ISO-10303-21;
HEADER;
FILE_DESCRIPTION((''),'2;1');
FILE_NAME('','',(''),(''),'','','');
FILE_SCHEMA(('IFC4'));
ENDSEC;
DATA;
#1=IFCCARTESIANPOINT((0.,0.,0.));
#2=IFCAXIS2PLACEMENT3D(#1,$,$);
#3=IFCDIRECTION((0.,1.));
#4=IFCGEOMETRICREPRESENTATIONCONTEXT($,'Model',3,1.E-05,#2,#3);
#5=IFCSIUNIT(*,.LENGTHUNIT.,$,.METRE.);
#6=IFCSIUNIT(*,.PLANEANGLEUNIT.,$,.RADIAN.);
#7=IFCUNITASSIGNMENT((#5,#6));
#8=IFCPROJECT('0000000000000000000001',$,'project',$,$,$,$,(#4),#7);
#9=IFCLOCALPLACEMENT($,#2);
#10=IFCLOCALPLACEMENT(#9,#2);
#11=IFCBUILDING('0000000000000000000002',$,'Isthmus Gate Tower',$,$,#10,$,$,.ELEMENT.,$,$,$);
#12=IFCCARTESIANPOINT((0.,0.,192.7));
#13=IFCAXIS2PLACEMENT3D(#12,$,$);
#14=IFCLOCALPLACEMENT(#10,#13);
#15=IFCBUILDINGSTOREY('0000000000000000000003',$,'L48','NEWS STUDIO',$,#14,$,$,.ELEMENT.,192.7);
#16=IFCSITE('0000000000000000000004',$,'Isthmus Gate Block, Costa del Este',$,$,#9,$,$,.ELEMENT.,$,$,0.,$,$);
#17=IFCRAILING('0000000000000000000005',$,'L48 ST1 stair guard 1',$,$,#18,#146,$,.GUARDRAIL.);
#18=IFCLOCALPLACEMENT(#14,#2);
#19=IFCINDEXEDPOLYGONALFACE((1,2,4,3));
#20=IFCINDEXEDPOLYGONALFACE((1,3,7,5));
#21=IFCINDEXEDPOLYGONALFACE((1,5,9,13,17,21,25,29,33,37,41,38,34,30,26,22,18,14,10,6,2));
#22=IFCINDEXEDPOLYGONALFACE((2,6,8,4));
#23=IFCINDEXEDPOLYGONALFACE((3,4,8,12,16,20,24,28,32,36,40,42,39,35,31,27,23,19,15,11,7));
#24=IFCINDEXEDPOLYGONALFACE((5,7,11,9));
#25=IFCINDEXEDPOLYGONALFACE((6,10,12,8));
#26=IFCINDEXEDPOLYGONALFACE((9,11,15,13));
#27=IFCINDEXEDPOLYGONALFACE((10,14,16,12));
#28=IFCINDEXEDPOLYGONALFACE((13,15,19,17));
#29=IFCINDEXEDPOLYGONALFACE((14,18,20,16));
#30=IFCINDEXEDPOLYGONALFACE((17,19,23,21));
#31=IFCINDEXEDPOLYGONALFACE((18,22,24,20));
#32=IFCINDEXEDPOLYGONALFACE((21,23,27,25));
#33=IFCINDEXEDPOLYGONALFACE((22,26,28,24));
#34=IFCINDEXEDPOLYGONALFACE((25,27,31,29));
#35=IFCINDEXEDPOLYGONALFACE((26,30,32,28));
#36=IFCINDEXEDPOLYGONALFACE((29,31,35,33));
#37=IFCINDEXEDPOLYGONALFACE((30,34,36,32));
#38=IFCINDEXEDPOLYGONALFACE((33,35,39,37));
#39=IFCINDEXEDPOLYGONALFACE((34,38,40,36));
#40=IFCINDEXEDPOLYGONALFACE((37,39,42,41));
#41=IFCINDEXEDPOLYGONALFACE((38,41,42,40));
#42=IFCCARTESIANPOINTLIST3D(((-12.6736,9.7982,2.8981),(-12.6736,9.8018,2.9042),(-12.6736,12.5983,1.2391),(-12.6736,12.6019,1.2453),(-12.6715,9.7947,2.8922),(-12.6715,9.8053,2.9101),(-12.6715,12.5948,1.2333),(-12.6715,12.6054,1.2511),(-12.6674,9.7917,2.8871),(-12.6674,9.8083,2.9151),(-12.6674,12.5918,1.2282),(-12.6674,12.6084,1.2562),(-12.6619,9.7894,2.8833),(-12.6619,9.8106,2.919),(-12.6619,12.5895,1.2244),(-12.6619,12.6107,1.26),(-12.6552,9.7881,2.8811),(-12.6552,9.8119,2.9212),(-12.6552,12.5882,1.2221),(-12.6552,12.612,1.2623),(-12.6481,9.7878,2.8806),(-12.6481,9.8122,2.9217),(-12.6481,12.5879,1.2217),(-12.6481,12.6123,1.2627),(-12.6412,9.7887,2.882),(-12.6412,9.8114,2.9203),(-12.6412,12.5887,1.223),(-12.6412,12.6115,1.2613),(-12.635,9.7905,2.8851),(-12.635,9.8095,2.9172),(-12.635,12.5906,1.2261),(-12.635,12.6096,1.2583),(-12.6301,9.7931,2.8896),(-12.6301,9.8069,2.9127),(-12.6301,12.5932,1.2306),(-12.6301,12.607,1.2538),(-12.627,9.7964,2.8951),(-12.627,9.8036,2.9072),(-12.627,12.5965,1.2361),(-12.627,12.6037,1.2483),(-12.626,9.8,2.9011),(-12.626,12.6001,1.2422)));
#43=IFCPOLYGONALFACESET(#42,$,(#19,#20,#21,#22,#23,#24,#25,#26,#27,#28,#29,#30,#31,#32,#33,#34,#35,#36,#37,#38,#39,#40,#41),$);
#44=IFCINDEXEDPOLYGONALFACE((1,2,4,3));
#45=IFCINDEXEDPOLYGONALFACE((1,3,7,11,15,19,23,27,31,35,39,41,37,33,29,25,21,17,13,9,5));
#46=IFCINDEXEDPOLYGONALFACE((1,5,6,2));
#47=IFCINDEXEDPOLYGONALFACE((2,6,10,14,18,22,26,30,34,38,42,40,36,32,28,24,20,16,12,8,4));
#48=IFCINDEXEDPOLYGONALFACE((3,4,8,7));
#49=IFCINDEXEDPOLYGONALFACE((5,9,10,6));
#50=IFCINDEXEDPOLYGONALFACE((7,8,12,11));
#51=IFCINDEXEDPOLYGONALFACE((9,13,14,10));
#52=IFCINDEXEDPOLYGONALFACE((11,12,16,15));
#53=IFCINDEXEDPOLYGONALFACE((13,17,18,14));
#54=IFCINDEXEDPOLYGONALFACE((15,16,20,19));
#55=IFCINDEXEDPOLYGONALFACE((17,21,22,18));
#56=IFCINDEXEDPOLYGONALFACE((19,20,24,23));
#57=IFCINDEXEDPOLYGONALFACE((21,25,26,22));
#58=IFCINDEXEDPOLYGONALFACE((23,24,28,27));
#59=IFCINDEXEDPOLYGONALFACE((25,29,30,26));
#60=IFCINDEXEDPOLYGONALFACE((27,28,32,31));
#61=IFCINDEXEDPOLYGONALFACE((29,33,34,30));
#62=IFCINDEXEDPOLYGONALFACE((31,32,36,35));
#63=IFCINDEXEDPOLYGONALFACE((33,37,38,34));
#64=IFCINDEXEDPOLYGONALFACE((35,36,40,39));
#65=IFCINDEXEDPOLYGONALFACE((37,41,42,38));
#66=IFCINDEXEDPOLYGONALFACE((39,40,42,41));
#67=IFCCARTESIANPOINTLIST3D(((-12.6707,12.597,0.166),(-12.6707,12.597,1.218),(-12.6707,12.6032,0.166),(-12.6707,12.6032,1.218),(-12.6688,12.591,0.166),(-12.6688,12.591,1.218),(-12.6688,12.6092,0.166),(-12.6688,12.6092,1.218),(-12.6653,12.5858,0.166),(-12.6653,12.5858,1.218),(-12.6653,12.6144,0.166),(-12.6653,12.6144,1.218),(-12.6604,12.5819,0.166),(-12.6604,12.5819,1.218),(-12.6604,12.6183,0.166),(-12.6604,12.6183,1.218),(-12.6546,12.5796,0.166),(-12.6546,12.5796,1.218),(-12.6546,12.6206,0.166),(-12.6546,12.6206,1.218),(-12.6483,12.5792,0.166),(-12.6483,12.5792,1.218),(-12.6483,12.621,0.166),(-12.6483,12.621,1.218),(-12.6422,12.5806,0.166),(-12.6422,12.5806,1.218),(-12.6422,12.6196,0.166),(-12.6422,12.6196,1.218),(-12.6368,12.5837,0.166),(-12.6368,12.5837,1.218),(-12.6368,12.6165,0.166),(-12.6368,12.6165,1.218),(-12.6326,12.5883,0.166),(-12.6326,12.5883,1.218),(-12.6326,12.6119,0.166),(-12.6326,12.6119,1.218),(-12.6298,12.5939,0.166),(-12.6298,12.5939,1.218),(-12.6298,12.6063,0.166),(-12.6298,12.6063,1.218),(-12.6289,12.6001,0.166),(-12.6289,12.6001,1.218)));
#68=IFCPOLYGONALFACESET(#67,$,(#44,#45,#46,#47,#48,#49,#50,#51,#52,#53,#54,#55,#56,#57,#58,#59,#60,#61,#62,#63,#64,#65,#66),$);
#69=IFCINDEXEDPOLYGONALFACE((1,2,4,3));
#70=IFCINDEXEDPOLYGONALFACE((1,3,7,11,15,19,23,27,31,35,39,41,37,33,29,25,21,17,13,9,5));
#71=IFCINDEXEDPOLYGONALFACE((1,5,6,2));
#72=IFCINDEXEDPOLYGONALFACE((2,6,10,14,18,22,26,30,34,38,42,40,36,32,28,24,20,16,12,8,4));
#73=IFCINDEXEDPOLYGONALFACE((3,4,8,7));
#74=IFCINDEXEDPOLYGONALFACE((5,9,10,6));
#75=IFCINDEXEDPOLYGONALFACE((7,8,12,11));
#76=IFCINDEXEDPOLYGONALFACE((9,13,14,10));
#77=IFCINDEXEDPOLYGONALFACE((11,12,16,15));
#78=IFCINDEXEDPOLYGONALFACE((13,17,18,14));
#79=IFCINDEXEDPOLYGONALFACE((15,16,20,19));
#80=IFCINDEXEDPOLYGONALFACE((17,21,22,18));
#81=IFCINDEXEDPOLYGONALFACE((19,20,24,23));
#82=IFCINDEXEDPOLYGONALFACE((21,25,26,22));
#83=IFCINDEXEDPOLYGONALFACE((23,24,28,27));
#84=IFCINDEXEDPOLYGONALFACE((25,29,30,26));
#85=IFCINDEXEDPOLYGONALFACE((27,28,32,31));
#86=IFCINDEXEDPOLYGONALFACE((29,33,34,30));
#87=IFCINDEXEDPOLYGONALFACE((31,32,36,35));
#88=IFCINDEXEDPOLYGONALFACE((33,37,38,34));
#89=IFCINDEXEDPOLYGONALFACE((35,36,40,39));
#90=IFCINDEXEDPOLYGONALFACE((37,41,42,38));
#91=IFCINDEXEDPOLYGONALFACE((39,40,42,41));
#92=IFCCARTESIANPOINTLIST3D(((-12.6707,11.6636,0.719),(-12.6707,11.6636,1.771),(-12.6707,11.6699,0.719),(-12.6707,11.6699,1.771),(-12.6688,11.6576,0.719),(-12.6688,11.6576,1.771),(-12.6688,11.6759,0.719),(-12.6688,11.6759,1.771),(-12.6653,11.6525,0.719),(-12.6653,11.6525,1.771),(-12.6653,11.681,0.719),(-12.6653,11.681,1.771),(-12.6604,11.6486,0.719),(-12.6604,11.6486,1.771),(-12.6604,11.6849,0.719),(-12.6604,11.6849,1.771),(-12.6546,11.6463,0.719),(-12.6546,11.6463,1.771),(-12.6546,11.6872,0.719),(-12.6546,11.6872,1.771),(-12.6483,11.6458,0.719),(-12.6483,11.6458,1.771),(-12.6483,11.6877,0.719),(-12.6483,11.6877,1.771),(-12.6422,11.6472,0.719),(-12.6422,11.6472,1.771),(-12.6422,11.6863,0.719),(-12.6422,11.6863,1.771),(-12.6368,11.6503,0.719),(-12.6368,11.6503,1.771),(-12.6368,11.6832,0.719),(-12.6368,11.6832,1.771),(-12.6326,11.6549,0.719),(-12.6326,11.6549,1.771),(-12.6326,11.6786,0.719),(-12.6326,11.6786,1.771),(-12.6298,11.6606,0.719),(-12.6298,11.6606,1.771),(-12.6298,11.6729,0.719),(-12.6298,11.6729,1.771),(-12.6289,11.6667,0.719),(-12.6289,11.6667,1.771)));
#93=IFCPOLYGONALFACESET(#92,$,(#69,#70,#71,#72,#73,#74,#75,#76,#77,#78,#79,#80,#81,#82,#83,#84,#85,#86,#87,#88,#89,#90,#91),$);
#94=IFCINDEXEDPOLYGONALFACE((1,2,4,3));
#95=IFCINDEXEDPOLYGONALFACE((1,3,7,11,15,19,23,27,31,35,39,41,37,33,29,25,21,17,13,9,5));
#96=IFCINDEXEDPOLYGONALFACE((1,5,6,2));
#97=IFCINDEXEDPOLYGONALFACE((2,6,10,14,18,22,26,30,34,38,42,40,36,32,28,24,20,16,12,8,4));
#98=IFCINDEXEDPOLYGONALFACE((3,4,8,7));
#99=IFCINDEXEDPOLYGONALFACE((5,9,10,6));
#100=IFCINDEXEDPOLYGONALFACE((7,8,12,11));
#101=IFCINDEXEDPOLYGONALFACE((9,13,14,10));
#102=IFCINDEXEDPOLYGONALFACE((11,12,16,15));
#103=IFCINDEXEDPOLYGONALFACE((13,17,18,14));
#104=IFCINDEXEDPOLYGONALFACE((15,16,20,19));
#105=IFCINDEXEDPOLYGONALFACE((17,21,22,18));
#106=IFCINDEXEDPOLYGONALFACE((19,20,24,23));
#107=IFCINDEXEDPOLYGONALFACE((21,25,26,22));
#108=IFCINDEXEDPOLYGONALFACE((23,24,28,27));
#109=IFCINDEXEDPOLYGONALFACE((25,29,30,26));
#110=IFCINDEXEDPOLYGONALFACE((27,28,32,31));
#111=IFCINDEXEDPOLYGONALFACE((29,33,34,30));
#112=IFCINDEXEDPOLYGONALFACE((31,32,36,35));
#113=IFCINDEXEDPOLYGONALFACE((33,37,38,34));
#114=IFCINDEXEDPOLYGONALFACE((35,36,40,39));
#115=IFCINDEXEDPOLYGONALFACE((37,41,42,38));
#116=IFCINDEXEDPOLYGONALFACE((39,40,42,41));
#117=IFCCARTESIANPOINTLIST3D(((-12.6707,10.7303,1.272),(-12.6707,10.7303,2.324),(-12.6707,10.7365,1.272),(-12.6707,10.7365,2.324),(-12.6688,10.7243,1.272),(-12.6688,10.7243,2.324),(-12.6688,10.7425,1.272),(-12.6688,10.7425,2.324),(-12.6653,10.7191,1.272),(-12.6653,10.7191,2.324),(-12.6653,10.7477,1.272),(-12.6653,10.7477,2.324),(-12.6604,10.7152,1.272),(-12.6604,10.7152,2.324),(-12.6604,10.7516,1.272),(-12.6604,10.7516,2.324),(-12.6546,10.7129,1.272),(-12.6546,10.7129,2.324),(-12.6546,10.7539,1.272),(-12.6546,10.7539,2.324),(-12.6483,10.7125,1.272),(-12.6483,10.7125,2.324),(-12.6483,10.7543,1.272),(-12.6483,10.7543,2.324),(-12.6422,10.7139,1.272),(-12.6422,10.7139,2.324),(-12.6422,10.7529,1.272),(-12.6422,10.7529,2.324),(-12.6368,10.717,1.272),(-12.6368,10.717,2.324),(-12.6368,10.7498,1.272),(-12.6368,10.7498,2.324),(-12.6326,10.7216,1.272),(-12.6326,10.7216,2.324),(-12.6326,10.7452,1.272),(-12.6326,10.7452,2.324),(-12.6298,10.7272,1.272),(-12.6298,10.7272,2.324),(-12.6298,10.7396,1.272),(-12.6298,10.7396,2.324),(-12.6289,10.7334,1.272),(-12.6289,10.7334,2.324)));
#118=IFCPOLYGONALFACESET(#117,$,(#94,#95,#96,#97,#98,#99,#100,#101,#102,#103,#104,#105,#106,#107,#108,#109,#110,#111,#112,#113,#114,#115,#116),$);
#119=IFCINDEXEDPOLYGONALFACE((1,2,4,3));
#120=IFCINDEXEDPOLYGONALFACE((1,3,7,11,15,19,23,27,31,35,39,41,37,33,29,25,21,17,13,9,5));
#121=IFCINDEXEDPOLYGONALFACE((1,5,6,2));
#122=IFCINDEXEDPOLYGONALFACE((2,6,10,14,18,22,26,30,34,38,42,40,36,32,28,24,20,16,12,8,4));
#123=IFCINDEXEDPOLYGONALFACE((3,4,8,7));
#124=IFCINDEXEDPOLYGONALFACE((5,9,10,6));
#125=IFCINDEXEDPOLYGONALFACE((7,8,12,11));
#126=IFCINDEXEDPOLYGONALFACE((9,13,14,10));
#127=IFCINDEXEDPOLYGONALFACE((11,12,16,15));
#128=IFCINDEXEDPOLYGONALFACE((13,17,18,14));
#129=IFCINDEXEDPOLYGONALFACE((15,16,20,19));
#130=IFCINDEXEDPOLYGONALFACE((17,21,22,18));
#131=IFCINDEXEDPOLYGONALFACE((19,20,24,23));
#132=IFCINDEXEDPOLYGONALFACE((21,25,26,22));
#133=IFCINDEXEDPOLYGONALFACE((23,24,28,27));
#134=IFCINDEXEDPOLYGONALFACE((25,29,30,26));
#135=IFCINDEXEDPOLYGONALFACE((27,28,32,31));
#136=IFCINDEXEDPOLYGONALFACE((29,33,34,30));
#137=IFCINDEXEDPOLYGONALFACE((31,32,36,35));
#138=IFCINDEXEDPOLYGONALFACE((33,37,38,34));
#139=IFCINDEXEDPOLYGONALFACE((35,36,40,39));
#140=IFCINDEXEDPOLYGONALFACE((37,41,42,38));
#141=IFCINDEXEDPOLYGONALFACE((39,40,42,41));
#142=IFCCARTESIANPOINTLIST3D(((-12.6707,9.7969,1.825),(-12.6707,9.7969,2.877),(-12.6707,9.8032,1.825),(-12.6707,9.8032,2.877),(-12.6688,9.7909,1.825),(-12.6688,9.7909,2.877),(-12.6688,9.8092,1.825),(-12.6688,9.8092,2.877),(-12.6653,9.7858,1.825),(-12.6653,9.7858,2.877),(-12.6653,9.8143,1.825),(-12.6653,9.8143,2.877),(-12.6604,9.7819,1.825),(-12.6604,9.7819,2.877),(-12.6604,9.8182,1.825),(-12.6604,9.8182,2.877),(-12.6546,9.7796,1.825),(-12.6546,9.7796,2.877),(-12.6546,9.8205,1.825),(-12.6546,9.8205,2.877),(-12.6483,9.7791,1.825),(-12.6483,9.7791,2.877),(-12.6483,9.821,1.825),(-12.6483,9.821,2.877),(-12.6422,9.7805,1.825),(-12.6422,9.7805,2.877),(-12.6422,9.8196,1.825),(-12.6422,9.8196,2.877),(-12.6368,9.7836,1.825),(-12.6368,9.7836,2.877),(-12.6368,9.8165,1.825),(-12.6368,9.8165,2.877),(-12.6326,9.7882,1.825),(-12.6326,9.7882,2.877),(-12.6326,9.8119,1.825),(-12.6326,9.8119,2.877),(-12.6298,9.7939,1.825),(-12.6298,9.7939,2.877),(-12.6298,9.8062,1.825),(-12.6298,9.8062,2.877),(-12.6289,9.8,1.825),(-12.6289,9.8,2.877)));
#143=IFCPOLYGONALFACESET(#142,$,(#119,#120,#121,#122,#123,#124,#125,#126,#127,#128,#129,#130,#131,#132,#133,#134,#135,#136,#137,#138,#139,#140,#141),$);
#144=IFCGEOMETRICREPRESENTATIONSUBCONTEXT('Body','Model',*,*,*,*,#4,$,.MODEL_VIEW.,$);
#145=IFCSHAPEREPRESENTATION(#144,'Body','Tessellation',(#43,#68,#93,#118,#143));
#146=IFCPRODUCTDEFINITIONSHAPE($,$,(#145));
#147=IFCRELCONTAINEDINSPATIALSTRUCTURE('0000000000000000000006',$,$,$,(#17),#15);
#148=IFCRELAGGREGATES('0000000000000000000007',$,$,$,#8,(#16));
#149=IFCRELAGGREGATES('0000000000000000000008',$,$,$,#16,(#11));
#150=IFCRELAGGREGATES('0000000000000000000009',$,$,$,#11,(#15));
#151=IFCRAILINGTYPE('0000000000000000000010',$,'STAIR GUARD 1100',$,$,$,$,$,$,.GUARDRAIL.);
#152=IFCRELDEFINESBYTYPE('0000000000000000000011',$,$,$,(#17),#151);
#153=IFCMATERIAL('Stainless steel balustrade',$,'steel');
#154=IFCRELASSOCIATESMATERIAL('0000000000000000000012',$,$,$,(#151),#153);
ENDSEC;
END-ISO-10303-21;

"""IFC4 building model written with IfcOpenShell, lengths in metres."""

from ifc_helpers import new_model, si_unit, direction, frame, origin, origin_2d, place, context, subcontext, project, spatial, circle, extrude, material, type_object, element, save


model = new_model("IFC4")

# Units and contexts
model_context = context("Model", 3, precision=1e-05, world=origin(), true_north=direction((0.0, 1.0)))
body_context = subcontext(model_context, "Body", "Model", "MODEL_VIEW")
ifc_project = project(units=[si_unit("LENGTHUNIT", "METRE"), si_unit("PLANEANGLEUNIT", "RADIAN")], contexts=[model_context])

# Site, building, storey
site_placement = place(None, origin())
site = spatial("IfcSite", under=ifc_project, at=site_placement, Name="Isthmus Gate Block, Costa del Este", CompositionType="ELEMENT", RefElevation=0.0)
building_placement = place(site_placement, origin())
building = spatial("IfcBuilding", under=site, at=building_placement, Name="Isthmus Gate Tower", CompositionType="ELEMENT")
storey_placement = place(building_placement, frame((0.0, 0.0, 192.7)))
storey = spatial("IfcBuildingStorey", under=building, at=storey_placement, Name="L48", Description="NEWS STUDIO", CompositionType="ELEMENT", Elevation=192.7)

# Railing
ifc_material_1 = material(Name="Stainless steel balustrade", Category="steel")
railing_type = type_object("IfcRailingType", Name="STAIR GUARD 1100", PredefinedType="GUARDRAIL", material=ifc_material_1)
railing_1_placement = place(storey_placement, frame((-12.6499, 12.6001, 0.166)))
element("IfcRailing", 1, at=railing_1_placement, inside=storey, type_object=railing_type, Name="L48 ST1 stair guard 1", PredefinedType="GUARDRAIL", context=body_context, shape_type="SweptSolid", body=[
    extrude(circle(Radius=0.0239, at=origin_2d()), frame((0.0, 0.0, 1.0762), z_axis=(0.0, -0.860339, 0.509722), x_axis=(1.0, 0.0, 0.0)), (0.0, 0.0, 1.0), 3.2546),
    extrude(circle(Radius=0.021, at=origin_2d()), origin(), (0.0, 0.0, 1.0), 1.052),
    extrude(circle(Radius=0.021, at=origin_2d()), frame((0.0, -0.9333, 0.553)), (0.0, 0.0, 1.0), 1.052),
    extrude(circle(Radius=0.021, at=origin_2d()), frame((0.0, -1.8667, 1.106)), (0.0, 0.0, 1.0), 1.052),
    extrude(circle(Radius=0.021, at=origin_2d()), frame((0.0, -2.8, 1.6589)), (0.0, 0.0, 1.0), 1.052),
])

save(model, "model.ifc")
